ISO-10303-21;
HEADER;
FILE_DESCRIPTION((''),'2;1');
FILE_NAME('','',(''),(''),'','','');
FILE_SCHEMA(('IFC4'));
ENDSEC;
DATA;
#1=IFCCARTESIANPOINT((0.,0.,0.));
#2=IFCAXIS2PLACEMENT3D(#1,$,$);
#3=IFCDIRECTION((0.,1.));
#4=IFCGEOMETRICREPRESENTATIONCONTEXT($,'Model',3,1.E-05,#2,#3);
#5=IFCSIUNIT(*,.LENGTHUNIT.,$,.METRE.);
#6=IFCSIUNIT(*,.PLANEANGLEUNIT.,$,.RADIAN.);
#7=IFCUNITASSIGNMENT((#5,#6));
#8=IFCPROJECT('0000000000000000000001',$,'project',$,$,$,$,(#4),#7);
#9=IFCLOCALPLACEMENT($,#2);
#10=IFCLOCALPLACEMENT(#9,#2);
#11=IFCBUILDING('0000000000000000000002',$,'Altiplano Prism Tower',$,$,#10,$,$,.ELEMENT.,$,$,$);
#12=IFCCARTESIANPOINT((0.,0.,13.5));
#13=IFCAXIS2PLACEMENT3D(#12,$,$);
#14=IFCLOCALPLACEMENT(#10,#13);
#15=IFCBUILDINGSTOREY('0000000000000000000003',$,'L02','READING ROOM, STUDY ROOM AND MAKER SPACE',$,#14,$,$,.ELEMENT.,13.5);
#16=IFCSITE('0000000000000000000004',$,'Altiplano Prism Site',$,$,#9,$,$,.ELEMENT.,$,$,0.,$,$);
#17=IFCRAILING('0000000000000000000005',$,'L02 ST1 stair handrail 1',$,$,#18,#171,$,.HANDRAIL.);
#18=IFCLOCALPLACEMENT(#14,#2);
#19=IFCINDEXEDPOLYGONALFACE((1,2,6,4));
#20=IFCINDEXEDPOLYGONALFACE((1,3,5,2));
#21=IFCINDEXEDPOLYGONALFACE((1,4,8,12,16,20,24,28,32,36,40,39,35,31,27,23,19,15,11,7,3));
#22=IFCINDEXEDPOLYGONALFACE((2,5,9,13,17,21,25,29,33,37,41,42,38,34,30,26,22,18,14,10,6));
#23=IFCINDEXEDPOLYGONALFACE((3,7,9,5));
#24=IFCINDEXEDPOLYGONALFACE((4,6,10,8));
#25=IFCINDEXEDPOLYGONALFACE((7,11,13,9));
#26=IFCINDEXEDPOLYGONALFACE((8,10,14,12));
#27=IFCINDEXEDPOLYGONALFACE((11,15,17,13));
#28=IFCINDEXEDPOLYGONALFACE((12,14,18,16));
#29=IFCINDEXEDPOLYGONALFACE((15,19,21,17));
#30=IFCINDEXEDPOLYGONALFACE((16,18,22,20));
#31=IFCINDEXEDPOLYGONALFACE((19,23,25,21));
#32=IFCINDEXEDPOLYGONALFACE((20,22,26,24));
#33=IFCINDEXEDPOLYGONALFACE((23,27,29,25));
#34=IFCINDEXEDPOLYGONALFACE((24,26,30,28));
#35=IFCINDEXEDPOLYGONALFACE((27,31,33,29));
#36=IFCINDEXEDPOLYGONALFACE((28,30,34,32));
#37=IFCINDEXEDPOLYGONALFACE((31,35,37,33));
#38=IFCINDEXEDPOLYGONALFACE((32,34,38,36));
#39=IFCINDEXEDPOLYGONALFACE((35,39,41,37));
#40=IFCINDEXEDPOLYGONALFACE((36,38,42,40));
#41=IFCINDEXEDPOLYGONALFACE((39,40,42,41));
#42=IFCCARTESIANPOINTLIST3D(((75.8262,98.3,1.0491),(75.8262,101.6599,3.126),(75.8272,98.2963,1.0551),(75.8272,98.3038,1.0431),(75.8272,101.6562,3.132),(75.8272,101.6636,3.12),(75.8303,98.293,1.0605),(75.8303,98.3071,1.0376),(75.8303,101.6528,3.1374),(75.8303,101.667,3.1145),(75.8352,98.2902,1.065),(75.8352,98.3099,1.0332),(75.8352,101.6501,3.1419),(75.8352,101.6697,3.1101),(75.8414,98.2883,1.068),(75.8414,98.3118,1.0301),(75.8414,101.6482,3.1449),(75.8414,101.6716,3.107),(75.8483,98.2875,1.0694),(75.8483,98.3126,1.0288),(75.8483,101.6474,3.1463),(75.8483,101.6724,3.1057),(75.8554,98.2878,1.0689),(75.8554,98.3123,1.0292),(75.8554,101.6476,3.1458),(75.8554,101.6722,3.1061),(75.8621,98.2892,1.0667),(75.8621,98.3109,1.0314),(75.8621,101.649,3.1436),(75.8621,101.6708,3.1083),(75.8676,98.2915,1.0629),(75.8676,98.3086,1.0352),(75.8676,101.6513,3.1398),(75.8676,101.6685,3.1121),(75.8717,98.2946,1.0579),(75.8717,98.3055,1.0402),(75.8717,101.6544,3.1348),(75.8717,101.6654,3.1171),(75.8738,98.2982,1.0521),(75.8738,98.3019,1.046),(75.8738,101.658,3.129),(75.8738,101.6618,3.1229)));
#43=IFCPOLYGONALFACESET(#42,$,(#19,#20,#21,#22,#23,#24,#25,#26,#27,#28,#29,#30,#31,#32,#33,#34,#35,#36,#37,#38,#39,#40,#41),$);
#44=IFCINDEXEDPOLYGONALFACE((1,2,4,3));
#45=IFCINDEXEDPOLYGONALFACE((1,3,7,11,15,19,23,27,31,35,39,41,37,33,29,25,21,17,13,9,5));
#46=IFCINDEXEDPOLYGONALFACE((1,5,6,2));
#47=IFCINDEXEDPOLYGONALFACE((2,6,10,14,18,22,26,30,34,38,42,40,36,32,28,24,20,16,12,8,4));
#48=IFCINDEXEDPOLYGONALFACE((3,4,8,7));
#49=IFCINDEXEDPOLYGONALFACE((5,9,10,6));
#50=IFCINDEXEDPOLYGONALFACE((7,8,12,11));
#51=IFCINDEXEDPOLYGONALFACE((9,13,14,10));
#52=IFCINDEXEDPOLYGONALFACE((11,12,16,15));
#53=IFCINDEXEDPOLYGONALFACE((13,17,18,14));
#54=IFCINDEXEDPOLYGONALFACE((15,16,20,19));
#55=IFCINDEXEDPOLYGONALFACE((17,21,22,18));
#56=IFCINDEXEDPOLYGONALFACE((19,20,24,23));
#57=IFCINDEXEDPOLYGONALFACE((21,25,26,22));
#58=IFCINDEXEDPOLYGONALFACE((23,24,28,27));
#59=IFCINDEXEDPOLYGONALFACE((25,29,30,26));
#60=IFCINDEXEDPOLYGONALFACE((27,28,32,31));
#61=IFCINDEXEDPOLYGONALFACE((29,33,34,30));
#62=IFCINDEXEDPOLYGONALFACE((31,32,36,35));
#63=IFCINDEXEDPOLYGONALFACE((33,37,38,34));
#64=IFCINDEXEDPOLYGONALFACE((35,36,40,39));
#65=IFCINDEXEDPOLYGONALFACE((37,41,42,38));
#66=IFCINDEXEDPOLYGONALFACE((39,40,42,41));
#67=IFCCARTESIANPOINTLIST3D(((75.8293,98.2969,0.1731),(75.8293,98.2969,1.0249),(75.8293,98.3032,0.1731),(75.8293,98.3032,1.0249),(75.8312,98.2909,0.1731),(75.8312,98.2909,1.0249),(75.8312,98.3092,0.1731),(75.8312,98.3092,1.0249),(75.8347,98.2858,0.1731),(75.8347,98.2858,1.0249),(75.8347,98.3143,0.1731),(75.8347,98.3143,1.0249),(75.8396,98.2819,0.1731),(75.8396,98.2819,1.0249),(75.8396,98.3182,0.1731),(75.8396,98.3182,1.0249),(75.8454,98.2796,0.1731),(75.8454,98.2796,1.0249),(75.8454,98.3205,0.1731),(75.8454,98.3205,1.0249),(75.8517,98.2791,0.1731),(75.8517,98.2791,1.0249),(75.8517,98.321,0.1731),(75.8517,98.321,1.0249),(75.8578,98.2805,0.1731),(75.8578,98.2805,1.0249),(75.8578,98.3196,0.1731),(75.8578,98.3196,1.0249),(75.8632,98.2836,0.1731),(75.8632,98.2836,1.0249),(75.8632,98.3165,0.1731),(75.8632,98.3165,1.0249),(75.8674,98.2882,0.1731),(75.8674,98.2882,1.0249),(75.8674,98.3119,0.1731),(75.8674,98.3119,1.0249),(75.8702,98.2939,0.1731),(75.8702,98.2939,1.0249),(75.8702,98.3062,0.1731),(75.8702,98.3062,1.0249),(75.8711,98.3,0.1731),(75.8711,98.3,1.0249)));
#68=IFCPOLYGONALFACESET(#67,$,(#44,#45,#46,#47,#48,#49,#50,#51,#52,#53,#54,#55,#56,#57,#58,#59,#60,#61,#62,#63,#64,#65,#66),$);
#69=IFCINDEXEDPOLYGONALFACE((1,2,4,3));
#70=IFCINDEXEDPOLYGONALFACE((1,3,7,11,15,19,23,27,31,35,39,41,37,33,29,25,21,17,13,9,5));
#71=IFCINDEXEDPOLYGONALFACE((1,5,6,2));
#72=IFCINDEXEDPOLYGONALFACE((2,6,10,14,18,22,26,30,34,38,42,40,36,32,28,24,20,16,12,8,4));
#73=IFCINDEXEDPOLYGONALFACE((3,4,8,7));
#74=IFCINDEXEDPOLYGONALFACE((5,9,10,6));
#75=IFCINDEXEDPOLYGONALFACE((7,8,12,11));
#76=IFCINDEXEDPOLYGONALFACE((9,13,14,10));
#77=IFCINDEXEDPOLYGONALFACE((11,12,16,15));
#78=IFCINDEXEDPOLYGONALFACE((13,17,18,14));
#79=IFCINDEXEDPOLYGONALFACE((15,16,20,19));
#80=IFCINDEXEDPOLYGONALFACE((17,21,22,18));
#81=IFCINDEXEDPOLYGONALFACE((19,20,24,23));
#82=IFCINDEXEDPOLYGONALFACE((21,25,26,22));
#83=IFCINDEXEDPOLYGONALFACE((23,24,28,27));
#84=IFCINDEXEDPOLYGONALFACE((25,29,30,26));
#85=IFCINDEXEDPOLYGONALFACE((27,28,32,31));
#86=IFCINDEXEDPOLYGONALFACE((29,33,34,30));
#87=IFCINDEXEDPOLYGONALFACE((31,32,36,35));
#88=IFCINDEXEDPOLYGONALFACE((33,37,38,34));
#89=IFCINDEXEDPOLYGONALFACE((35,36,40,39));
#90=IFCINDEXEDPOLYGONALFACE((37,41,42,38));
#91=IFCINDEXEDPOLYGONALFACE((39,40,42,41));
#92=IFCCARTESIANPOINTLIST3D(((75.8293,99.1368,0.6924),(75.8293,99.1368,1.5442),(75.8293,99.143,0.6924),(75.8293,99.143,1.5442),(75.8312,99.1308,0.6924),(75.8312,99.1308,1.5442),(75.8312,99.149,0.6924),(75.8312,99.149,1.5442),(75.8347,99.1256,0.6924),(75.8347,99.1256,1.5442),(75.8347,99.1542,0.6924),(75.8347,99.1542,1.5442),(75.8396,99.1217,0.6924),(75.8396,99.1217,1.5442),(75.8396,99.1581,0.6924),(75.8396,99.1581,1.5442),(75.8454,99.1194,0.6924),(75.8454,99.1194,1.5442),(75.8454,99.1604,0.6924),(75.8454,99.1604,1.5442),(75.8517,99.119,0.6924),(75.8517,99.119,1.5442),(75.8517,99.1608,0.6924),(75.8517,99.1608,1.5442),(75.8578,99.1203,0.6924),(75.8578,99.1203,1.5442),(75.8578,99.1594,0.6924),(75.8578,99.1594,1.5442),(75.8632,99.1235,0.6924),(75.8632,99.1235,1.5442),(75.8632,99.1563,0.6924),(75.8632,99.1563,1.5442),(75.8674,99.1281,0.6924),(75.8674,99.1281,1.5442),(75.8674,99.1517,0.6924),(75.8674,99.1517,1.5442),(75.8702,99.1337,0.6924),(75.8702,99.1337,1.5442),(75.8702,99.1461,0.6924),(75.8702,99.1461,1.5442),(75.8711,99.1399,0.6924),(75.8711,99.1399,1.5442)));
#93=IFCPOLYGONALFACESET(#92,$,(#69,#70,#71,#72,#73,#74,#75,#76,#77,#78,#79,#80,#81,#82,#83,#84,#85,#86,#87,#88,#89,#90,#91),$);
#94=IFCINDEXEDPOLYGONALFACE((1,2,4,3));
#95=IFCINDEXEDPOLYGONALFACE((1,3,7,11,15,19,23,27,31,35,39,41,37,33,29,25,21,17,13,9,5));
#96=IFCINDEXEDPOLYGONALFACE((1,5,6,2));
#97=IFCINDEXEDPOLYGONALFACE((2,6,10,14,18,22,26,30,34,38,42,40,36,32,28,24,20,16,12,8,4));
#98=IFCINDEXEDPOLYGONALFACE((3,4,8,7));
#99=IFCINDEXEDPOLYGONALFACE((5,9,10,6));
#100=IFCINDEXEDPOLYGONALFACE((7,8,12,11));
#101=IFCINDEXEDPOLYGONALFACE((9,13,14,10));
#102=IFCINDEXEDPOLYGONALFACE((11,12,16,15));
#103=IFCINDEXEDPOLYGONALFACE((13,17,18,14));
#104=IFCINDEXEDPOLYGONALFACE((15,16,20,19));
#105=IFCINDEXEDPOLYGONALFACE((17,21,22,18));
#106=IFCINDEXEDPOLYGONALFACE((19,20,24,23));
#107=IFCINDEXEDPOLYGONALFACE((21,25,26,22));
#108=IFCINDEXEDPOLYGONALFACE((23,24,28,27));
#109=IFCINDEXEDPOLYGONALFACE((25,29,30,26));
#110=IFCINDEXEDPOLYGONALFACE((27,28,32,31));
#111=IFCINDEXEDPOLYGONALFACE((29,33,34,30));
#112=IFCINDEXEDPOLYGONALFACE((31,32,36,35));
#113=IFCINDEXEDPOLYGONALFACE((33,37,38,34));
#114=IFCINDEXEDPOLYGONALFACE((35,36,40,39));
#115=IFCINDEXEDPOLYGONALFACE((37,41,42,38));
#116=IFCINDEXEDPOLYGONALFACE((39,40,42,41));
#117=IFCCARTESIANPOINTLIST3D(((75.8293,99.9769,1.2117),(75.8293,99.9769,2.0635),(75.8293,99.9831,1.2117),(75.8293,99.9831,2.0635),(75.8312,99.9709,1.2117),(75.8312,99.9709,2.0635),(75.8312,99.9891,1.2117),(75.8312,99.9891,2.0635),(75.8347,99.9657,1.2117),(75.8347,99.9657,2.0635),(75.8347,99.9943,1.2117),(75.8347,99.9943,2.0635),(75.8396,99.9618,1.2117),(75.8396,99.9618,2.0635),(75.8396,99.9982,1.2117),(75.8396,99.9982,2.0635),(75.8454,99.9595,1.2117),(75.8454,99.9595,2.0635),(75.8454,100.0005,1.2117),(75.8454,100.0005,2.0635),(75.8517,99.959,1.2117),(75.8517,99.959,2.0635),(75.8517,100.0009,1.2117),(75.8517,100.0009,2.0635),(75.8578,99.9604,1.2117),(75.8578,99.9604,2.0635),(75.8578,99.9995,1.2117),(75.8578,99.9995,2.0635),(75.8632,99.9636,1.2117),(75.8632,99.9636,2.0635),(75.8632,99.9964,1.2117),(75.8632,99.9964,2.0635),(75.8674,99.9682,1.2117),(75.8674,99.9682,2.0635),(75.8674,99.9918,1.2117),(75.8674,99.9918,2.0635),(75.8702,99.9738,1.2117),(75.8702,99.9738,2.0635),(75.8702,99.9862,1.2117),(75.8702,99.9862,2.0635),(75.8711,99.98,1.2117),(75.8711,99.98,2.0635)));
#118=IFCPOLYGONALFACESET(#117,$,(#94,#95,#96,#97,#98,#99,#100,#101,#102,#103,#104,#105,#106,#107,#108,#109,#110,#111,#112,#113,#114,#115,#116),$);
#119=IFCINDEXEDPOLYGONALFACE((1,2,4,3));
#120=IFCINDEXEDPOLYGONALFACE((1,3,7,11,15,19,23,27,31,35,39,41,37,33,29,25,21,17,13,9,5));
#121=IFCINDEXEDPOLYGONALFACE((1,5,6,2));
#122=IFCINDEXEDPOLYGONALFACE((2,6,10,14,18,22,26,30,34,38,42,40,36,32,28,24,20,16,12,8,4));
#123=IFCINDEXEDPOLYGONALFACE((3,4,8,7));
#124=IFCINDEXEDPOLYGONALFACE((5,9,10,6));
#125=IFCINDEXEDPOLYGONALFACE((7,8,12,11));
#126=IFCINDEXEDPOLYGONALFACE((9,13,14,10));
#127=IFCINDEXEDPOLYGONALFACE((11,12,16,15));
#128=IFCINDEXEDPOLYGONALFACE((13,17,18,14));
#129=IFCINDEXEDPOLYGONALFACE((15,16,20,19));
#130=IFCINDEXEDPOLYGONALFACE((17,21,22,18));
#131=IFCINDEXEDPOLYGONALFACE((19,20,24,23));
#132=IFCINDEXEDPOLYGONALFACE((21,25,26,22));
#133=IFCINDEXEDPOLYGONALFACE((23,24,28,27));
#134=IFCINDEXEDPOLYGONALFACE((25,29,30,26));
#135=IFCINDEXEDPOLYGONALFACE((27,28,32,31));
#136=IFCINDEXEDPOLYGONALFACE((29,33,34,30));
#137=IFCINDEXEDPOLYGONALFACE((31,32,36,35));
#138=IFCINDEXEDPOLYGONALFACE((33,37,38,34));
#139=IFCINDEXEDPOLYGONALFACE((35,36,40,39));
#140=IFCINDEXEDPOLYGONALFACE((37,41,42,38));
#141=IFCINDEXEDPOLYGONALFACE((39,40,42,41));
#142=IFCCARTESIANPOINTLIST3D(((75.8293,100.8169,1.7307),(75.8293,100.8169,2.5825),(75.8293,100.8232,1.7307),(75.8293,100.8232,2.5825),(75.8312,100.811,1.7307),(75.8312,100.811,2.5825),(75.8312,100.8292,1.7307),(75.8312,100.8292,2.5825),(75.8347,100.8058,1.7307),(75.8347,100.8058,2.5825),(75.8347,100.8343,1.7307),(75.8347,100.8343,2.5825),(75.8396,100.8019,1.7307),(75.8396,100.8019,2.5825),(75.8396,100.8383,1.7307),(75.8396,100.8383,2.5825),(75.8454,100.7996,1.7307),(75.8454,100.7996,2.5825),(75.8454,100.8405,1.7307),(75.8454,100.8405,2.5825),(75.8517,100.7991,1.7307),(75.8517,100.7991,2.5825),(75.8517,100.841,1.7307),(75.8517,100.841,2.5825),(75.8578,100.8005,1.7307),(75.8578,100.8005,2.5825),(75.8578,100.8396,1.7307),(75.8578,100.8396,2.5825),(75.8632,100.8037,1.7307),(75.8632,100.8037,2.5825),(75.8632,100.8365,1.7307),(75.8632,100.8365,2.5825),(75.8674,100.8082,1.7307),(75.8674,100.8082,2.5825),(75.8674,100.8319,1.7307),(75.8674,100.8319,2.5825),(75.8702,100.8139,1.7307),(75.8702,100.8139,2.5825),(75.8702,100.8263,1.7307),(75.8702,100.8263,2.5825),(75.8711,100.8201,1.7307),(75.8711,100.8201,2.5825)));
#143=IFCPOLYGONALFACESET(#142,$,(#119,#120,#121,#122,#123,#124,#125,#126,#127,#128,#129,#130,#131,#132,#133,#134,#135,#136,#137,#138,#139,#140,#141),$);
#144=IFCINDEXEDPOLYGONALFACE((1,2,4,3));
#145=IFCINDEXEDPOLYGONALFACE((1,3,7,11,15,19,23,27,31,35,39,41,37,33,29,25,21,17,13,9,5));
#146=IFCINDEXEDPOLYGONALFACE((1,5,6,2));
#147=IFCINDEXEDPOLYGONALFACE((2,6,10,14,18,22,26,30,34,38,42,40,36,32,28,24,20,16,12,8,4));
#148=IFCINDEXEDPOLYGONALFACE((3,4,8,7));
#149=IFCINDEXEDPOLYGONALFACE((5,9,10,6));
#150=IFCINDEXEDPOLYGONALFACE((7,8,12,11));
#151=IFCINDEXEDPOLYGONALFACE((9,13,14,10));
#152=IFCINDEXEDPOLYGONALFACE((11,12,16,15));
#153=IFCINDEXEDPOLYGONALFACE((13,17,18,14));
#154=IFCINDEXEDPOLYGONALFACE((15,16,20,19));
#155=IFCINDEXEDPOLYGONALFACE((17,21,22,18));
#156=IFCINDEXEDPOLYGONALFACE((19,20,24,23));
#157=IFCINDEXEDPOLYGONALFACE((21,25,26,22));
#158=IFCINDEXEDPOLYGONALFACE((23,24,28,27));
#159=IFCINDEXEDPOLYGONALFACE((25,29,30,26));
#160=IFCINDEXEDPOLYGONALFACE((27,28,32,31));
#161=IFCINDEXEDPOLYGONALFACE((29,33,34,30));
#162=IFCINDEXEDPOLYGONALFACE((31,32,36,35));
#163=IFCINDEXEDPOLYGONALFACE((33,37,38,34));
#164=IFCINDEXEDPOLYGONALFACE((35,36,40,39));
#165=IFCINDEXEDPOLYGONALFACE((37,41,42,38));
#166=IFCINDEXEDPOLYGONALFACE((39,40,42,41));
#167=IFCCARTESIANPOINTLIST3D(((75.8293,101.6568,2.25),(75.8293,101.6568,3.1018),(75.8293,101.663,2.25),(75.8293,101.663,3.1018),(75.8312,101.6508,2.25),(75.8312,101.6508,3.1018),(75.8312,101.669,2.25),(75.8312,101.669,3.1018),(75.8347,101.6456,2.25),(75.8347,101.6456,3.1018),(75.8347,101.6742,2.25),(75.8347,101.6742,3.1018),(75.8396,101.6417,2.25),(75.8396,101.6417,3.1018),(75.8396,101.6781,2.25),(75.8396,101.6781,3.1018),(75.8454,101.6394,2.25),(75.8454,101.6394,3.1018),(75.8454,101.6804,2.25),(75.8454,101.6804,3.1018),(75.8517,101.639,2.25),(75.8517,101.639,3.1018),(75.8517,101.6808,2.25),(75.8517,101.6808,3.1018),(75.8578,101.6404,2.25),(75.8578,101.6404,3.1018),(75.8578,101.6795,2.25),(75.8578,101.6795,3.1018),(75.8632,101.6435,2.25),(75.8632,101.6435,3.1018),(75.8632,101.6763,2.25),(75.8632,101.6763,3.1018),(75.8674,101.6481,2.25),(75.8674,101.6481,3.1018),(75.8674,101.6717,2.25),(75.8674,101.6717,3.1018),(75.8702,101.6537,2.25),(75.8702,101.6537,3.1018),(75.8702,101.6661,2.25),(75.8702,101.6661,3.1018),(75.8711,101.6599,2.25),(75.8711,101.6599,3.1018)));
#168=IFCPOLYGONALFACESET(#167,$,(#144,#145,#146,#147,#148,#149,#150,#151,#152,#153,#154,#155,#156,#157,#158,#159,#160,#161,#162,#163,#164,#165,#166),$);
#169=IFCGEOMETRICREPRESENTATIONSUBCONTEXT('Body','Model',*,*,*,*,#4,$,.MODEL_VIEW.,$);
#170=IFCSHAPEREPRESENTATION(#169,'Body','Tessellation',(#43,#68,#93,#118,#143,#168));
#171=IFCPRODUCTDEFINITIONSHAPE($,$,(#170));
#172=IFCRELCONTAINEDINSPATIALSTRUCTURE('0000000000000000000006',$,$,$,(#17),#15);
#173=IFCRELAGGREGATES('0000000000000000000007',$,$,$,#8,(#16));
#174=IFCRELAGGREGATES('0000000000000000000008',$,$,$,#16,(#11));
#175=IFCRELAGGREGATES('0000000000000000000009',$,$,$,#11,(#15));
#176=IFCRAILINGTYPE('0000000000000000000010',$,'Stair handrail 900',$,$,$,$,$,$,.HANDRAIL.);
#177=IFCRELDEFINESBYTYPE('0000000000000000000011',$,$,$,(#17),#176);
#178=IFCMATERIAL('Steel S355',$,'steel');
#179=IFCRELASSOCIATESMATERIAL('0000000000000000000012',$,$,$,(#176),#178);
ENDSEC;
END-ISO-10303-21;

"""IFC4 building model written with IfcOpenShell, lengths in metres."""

from ifc_helpers import new_model, si_unit, direction, frame, origin, origin_2d, place, context, subcontext, project, spatial, circle, extrude, material, type_object, element, save


model = new_model("IFC4")

# Units and contexts
model_context = context("Model", 3, precision=1e-05, world=origin(), true_north=direction((0.0, 1.0)))
body_context = subcontext(model_context, "Body", "Model", "MODEL_VIEW")
ifc_project = project(units=[si_unit("LENGTHUNIT", "METRE"), si_unit("PLANEANGLEUNIT", "RADIAN")], contexts=[model_context])

# Site, building, storey
site_placement = place(None, origin())
site = spatial("IfcSite", under=ifc_project, at=site_placement, Name="Altiplano Prism Site", CompositionType="ELEMENT", RefElevation=0.0)
building_placement = place(site_placement, origin())
building = spatial("IfcBuilding", under=site, at=building_placement, Name="Altiplano Prism Tower", CompositionType="ELEMENT")
storey_placement = place(building_placement, frame((0.0, 0.0, 13.5)))
storey = spatial("IfcBuildingStorey", under=building, at=storey_placement, Name="L02", Description="READING ROOM, STUDY ROOM AND MAKER SPACE", CompositionType="ELEMENT", Elevation=13.5)

# Railing
ifc_material_1 = material(Name="Steel S355", Category="steel")
railing_type_1 = type_object("IfcRailingType", Name="Stair handrail 900", PredefinedType="HANDRAIL", material=ifc_material_1)
railing_1_placement = place(storey_placement, frame((75.8501, 98.3, 0.1731)))
element("IfcRailing", 1, at=railing_1_placement, inside=storey, type_object=railing_type_1, Name="L02 ST1 stair handrail 1", PredefinedType="HANDRAIL", context=body_context, shape_type="SweptSolid", body=[
    extrude(circle(Radius=0.0239, at=origin_2d()), frame((0.0, 0.0, 0.876), z_axis=(0.0, 0.850606, 0.525803), x_axis=(-1.0, 0.0, 0.0)), (0.0, 0.0, 1.0), 3.95),
    extrude(circle(Radius=0.021, at=origin_2d()), origin(), (0.0, 0.0, 1.0), 0.8518),
    extrude(circle(Radius=0.021, at=origin_2d()), frame((0.0, 0.8398, 0.5193)), (0.0, 0.0, 1.0), 0.8518),
    extrude(circle(Radius=0.021, at=origin_2d()), frame((0.0, 1.6799, 1.0386)), (0.0, 0.0, 1.0), 0.8518),
    extrude(circle(Radius=0.021, at=origin_2d()), frame((0.0, 2.52, 1.5576)), (0.0, 0.0, 1.0), 0.8518),
    extrude(circle(Radius=0.021, at=origin_2d()), frame((0.0, 3.3599, 2.0769)), (0.0, 0.0, 1.0), 0.8518),
])

save(model, "model.ifc")
